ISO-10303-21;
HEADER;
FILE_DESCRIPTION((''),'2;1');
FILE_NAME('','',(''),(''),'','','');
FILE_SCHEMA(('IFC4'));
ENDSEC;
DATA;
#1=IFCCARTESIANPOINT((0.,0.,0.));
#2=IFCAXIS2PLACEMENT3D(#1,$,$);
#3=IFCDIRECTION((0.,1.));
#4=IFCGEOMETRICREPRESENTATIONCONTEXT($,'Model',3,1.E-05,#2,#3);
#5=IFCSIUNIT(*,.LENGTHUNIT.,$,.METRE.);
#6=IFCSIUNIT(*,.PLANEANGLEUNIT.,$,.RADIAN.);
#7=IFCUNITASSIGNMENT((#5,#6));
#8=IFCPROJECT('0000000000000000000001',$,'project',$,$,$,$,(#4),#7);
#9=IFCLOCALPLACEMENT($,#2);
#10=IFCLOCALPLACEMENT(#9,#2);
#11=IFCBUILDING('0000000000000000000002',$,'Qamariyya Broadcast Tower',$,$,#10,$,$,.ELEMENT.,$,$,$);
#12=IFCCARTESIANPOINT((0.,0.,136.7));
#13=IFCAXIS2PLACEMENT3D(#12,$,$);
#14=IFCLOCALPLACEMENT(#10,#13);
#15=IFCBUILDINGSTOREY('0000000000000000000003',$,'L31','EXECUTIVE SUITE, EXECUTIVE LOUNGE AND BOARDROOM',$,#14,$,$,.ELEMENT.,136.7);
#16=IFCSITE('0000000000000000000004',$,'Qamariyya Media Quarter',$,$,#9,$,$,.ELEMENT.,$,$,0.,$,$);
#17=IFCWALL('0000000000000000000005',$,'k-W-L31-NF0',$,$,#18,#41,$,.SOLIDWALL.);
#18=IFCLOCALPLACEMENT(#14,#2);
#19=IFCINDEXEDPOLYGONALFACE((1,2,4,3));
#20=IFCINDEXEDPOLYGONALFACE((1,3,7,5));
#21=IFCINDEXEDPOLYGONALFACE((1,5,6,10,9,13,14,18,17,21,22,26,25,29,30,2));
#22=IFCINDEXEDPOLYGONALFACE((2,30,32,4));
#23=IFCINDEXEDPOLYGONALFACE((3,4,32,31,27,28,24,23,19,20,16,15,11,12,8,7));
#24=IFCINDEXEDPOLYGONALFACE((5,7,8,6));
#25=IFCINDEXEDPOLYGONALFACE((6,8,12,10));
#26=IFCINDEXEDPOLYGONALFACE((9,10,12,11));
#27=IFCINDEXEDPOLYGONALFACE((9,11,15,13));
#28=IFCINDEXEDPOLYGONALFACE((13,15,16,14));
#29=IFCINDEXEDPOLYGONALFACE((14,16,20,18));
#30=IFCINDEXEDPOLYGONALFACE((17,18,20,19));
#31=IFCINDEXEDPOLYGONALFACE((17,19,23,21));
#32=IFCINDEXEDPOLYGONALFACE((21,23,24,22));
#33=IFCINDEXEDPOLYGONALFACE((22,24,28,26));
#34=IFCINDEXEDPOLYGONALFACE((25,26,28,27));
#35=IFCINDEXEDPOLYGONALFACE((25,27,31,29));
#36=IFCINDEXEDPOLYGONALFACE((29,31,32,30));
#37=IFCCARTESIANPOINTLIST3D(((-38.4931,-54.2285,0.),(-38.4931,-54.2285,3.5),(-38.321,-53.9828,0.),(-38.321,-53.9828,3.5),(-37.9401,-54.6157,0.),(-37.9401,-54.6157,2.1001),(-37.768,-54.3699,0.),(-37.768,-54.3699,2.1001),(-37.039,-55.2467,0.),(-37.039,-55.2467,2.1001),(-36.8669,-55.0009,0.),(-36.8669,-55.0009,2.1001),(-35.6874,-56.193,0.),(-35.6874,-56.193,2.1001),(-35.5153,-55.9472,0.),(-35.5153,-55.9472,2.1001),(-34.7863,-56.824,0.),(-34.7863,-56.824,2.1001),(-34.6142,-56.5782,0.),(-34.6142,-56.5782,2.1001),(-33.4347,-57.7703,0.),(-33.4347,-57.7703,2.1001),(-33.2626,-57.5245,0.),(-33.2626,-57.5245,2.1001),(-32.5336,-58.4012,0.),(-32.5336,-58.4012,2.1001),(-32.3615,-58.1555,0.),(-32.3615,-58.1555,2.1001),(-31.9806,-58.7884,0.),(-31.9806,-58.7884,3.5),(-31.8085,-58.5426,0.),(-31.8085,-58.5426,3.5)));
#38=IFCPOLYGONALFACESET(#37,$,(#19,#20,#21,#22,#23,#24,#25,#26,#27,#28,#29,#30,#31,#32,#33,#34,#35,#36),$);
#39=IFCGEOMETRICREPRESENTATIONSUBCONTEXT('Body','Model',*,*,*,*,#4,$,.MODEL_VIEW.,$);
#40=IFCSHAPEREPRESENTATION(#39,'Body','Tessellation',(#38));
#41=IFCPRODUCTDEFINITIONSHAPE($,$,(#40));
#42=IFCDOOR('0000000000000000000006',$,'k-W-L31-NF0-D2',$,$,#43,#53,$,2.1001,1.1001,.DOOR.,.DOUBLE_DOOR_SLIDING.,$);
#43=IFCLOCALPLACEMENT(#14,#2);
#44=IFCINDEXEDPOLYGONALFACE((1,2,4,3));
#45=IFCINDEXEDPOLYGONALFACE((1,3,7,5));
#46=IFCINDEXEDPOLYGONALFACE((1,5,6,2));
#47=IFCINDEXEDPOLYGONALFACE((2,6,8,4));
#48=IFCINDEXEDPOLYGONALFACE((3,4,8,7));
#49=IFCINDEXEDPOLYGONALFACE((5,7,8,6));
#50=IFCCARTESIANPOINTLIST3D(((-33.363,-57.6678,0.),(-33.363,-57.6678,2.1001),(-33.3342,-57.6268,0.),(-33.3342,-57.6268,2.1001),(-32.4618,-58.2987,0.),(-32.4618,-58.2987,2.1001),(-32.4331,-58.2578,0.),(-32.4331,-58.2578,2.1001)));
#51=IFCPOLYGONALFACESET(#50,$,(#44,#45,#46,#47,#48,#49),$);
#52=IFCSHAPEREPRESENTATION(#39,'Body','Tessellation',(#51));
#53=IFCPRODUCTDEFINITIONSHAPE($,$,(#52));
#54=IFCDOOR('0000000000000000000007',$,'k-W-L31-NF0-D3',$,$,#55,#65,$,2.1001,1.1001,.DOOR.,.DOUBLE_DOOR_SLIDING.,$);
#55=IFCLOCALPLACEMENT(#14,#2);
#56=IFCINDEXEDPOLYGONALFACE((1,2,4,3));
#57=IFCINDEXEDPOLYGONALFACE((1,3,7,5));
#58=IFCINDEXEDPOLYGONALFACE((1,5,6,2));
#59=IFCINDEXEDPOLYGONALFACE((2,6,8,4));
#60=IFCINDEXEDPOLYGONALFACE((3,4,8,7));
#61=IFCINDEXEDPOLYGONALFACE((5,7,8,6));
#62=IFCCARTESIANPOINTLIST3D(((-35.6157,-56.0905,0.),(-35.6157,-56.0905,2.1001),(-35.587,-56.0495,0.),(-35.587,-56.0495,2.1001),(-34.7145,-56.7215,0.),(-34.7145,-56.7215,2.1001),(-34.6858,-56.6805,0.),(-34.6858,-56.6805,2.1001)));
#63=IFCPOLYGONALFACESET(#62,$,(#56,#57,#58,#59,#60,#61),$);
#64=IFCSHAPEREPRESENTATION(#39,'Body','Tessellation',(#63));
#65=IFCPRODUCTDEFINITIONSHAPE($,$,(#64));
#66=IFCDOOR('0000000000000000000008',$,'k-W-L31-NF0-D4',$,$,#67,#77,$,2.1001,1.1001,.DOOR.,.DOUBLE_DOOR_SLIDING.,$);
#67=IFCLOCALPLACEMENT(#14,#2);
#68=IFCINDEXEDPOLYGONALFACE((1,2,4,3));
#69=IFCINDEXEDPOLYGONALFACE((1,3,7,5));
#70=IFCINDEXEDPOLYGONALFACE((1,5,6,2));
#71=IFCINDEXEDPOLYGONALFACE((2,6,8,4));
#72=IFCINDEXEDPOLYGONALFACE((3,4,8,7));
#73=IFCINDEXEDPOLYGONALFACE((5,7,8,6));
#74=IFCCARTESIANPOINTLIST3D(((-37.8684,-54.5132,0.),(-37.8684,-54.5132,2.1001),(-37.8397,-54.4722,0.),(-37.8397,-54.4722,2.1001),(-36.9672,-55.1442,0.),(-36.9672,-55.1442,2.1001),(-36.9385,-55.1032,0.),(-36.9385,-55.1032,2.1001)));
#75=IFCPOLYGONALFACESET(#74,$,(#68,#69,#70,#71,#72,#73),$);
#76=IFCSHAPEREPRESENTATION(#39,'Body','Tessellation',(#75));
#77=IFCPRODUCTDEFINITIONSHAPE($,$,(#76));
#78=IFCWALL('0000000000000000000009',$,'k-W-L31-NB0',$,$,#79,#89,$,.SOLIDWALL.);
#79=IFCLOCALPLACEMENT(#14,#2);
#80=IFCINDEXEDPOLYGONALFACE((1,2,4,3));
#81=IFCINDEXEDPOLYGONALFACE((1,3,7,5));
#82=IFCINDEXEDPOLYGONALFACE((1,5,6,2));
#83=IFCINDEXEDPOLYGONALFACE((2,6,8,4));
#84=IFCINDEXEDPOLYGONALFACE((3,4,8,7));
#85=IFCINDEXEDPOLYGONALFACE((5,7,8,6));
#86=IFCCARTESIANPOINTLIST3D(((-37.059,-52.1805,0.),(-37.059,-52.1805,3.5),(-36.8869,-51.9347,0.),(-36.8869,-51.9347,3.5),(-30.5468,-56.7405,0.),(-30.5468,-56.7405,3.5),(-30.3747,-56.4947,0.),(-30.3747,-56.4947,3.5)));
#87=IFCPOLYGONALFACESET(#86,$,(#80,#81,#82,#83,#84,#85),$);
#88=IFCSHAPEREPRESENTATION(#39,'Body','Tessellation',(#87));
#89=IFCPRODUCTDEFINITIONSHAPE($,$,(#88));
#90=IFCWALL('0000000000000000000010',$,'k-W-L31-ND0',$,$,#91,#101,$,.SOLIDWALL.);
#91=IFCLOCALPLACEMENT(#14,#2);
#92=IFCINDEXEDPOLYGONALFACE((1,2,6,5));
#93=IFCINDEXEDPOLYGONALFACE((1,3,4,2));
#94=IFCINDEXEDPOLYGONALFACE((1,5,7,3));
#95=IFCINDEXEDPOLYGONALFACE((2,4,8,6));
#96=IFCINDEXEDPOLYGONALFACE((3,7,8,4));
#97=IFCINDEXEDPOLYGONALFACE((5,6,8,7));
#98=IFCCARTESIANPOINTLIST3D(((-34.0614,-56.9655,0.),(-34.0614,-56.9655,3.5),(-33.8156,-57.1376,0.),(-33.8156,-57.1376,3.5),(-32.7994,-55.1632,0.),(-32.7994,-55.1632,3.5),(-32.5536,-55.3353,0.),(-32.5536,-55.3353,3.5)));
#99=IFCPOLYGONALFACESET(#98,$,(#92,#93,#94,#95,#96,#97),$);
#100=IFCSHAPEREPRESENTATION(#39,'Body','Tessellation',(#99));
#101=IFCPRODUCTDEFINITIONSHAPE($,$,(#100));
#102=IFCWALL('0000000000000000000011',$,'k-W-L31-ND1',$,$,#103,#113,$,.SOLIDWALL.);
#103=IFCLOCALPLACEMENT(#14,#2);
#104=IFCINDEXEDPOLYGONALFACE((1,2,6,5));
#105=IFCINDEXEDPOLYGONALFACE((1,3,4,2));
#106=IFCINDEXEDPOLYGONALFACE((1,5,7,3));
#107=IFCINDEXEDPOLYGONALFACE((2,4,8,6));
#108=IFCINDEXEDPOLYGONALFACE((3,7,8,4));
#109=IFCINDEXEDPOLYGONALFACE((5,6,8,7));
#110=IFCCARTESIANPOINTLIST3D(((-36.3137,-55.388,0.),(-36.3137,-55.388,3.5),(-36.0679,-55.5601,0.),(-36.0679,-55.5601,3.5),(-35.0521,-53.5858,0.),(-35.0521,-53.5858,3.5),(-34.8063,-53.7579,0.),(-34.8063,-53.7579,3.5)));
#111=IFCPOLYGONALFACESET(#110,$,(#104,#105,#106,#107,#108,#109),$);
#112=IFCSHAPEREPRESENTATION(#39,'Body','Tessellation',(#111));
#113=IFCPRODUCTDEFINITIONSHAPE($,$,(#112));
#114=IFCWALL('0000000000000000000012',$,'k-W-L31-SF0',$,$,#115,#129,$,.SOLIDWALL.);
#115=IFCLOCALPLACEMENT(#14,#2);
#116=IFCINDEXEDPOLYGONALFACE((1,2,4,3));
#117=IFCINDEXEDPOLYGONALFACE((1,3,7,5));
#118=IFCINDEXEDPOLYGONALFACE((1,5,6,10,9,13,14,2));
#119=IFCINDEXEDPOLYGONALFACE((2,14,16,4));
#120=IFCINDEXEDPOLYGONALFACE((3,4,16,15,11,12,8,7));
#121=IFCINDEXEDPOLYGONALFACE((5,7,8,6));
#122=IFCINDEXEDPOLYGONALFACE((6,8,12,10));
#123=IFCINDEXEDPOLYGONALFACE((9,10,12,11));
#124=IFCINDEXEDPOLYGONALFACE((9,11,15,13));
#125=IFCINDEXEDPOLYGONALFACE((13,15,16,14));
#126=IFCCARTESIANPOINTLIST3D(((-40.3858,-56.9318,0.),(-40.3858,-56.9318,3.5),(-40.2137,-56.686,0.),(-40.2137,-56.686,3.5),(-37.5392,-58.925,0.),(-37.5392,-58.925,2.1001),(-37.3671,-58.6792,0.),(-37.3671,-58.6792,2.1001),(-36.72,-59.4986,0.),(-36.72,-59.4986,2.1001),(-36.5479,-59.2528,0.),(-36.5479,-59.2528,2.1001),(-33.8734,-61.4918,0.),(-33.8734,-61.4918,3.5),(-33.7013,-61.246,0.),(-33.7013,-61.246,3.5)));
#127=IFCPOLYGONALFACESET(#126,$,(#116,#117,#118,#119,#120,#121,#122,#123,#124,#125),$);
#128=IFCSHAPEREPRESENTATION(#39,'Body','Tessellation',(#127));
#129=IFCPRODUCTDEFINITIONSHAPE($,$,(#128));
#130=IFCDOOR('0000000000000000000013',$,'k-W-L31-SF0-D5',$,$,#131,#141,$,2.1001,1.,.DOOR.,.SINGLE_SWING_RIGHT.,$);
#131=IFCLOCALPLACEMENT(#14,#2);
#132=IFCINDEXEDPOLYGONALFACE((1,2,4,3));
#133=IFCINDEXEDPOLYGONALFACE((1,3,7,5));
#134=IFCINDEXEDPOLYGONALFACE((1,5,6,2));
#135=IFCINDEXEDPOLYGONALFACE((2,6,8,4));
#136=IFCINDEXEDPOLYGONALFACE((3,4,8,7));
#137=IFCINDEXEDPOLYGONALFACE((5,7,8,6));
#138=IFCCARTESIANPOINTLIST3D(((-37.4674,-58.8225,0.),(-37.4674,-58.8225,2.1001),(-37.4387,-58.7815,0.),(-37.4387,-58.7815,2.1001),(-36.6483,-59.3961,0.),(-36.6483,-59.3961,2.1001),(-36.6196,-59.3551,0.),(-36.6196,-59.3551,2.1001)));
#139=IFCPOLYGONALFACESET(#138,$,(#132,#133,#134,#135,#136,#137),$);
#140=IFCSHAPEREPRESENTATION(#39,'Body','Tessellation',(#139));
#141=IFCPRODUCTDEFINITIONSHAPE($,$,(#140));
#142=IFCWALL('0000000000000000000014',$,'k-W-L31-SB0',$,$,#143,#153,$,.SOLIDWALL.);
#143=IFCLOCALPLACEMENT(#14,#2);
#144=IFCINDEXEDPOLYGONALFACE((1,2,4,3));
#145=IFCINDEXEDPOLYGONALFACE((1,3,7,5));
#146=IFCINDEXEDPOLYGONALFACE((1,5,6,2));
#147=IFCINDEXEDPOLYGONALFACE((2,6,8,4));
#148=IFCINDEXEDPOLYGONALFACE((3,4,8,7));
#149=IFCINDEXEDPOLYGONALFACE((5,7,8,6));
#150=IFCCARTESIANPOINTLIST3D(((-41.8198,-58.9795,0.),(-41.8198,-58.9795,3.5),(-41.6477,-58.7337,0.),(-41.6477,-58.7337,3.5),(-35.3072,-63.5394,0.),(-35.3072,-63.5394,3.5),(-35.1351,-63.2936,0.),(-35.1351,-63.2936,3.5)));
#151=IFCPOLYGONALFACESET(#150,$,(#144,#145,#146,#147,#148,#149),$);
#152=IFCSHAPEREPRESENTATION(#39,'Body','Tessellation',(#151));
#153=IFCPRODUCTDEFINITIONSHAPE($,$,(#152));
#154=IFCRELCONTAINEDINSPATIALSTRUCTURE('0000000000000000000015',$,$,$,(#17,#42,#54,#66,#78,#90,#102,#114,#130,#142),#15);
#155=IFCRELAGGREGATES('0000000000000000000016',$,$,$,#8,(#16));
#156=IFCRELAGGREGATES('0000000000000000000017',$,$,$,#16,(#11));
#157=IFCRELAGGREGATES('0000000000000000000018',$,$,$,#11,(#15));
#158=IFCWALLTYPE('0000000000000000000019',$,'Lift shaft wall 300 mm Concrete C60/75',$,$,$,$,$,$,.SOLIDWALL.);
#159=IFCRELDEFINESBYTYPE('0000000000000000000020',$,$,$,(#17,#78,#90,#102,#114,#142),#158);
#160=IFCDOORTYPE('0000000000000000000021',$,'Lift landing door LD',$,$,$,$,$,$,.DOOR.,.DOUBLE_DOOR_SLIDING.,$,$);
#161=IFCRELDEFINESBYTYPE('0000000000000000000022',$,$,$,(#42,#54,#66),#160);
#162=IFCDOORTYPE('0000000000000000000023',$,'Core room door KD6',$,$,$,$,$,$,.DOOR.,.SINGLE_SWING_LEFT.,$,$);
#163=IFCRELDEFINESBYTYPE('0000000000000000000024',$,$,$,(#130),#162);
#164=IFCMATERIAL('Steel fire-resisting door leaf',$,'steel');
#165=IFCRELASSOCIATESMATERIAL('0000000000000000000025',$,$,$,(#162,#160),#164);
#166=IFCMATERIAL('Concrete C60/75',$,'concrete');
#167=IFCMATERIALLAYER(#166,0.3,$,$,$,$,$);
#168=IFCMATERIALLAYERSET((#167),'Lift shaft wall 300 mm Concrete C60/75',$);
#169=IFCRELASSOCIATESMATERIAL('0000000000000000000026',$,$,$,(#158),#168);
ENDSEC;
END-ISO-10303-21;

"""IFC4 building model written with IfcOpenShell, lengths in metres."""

from ifc_helpers import new_model, si_unit, direction, frame, frame_2d, origin, place, context, subcontext, project, spatial, rectangle, extrude, material, layer, layer_set, type_object, element, fill, save


model = new_model("IFC4")

# Units and contexts
model_context = context("Model", 3, precision=1e-05, world=origin(), true_north=direction((0.0, 1.0)))
body_context = subcontext(model_context, "Body", "Model", "MODEL_VIEW")
ifc_project = project(units=[si_unit("LENGTHUNIT", "METRE"), si_unit("PLANEANGLEUNIT", "RADIAN")], contexts=[model_context])

# Site, building, storey
site_placement = place(None, origin())
site = spatial("IfcSite", under=ifc_project, at=site_placement, Name="Qamariyya Media Quarter", CompositionType="ELEMENT", RefElevation=0.0)
building_placement = place(site_placement, origin())
building = spatial("IfcBuilding", under=site, at=building_placement, Name="Qamariyya Broadcast Tower", CompositionType="ELEMENT")
storey_placement = place(building_placement, frame((0.0, 0.0, 136.7)))
storey = spatial("IfcBuildingStorey", under=building, at=storey_placement, Name="L31", Description="EXECUTIVE SUITE, EXECUTIVE LOUNGE AND BOARDROOM", CompositionType="ELEMENT", Elevation=136.7)

# Shared definitions
ifc_material_1 = material(Name="Steel fire-resisting door leaf", Category="steel")

# Wall, openings, doors
door_type_1 = type_object("IfcDoorType", Name="Core room door KD6", OperationType="SINGLE_SWING_LEFT", PredefinedType="DOOR", material=ifc_material_1)
ifc_material_2 = material(Name="Concrete C60/75", Category="concrete")
ifc_layer_1 = layer(ifc_material_2, 0.3)
ifc_layer_set_1 = layer_set([ifc_layer_1], Name="Lift shaft wall 300 mm Concrete C60/75")
wall_type_1 = type_object("IfcWallType", Name="Lift shaft wall 300 mm Concrete C60/75", PredefinedType="SOLIDWALL", material=ifc_layer_set_1)
wall_1_placement = place(storey_placement, frame((-31.8945, -58.6655, 0.0), z_axis=(0.0, 0.0, 1.0), x_axis=(-0.819167, 0.573555, 0.0)))
wall_1 = element("IfcWall", 1, at=wall_1_placement, inside=storey, type_object=wall_type_1, Name="k-W-L31-NF0", PredefinedType="SOLIDWALL", context=body_context, shape_type="SweptSolid", body=[
    extrude(rectangle(XDim=7.9502, YDim=0.3, at=frame_2d((3.9751, 0.0))), origin(), (0.0, 0.0, 1.0), 3.5),
])
opening_1_placement = place(wall_1_placement, frame((0.675, 0.0, 0.0)))
opening_1 = element("IfcOpeningElement", 2, at=opening_1_placement, cuts=wall_1, PredefinedType="OPENING", context=body_context, shape_type="SweptSolid", body=[
    extrude(rectangle(XDim=1.1001, YDim=2.1001, at=frame_2d((0.55, 1.05))), frame((0.0, 0.1599, 0.0), z_axis=(0.0, -1.0, 0.0), x_axis=(1.0, 0.0, 0.0)), (0.0, 0.0, 1.0), 0.3201),
])
opening_2_placement = place(wall_1_placement, frame((3.425, 0.0, 0.0)))
opening_2 = element("IfcOpeningElement", 3, at=opening_2_placement, cuts=wall_1, PredefinedType="OPENING", context=body_context, shape_type="SweptSolid", body=[
    extrude(rectangle(XDim=1.1001, YDim=2.1001, at=frame_2d((0.55, 1.05))), frame((0.0, 0.1599, 0.0), z_axis=(0.0, -1.0, 0.0), x_axis=(1.0, 0.0, 0.0)), (0.0, 0.0, 1.0), 0.3201),
])
opening_3_placement = place(wall_1_placement, frame((6.175, 0.0, 0.0)))
opening_3 = element("IfcOpeningElement", 4, at=opening_3_placement, cuts=wall_1, PredefinedType="OPENING", context=body_context, shape_type="SweptSolid", body=[
    extrude(rectangle(XDim=1.1001, YDim=2.1001, at=frame_2d((0.55, 1.05))), frame((0.0, 0.1599, 0.0), z_axis=(0.0, -1.0, 0.0), x_axis=(1.0, 0.0, 0.0)), (0.0, 0.0, 1.0), 0.3201),
])
door_type_2 = type_object("IfcDoorType", Name="Lift landing door LD", OperationType="DOUBLE_DOOR_SLIDING", PredefinedType="DOOR", material=ifc_material_1)
door_1_placement = place(opening_1_placement, origin())
door_1 = element("IfcDoor", 5, at=door_1_placement, inside=storey, type_object=door_type_2, Name="k-W-L31-NF0-D2", OperationType="DOUBLE_DOOR_SLIDING", OverallHeight=2.1001, OverallWidth=1.1001, PredefinedType="DOOR", context=body_context, shape_type="SweptSolid", body=[
    extrude(rectangle(XDim=1.1001, YDim=2.1001, at=frame_2d((0.55, 1.05))), frame((0.0, 0.0249, 0.0), z_axis=(0.0, -1.0, 0.0), x_axis=(1.0, 0.0, 0.0)), (0.0, 0.0, 1.0), 0.05),
])
fill(opening_1, door_1)
door_2_placement = place(opening_2_placement, origin())
door_2 = element("IfcDoor", 6, at=door_2_placement, inside=storey, type_object=door_type_2, Name="k-W-L31-NF0-D3", OperationType="DOUBLE_DOOR_SLIDING", OverallHeight=2.1001, OverallWidth=1.1001, PredefinedType="DOOR", context=body_context, shape_type="SweptSolid", body=[
    extrude(rectangle(XDim=1.1001, YDim=2.1001, at=frame_2d((0.55, 1.05))), frame((0.0, 0.0249, 0.0), z_axis=(0.0, -1.0, 0.0), x_axis=(1.0, 0.0, 0.0)), (0.0, 0.0, 1.0), 0.05),
])
fill(opening_2, door_2)
door_3_placement = place(opening_3_placement, origin())
door_3 = element("IfcDoor", 7, at=door_3_placement, inside=storey, type_object=door_type_2, Name="k-W-L31-NF0-D4", OperationType="DOUBLE_DOOR_SLIDING", OverallHeight=2.1001, OverallWidth=1.1001, PredefinedType="DOOR", context=body_context, shape_type="SweptSolid", body=[
    extrude(rectangle(XDim=1.1001, YDim=2.1001, at=frame_2d((0.55, 1.05))), frame((0.0, 0.0249, 0.0), z_axis=(0.0, -1.0, 0.0), x_axis=(1.0, 0.0, 0.0)), (0.0, 0.0, 1.0), 0.05),
])
fill(opening_3, door_3)

# Walls
wall_2_placement = place(storey_placement, frame((-30.4607, -56.6177, 0.0), z_axis=(0.0, 0.0, 1.0), x_axis=(-0.819142, 0.57359, 0.0)))
element("IfcWall", 8, at=wall_2_placement, inside=storey, type_object=wall_type_1, Name="k-W-L31-NB0", PredefinedType="SOLIDWALL", context=body_context, shape_type="SweptSolid", body=[
    extrude(rectangle(XDim=7.95, YDim=0.3, at=frame_2d((3.9751, 0.0))), origin(), (0.0, 0.0, 1.0), 3.5),
])
wall_3_placement = place(storey_placement, frame((-33.9385, -57.0515, 0.0), z_axis=(0.0, 0.0, 1.0), x_axis=(0.573581, 0.819149, 0.0)))
element("IfcWall", 9, at=wall_3_placement, inside=storey, type_object=wall_type_1, Name="k-W-L31-ND0", PredefinedType="SOLIDWALL", context=body_context, shape_type="SweptSolid", body=[
    extrude(rectangle(XDim=2.2002, YDim=0.3, at=frame_2d((1.1001, 0.0))), origin(), (0.0, 0.0, 1.0), 3.5),
])
wall_4_placement = place(storey_placement, frame((-36.1909, -55.4741, 0.0), z_axis=(0.0, 0.0, 1.0), x_axis=(0.573507, 0.819201, 0.0)))
element("IfcWall", 10, at=wall_4_placement, inside=storey, type_object=wall_type_1, Name="k-W-L31-ND1", PredefinedType="SOLIDWALL", context=body_context, shape_type="SweptSolid", body=[
    extrude(rectangle(XDim=2.2, YDim=0.3, at=frame_2d((1.1001, 0.0))), origin(), (0.0, 0.0, 1.0), 3.5),
])

# Wall, opening, door
wall_5_placement = place(storey_placement, frame((-33.7874, -61.3689, 0.0), z_axis=(0.0, 0.0, 1.0), x_axis=(-0.819153, 0.573576, 0.0)))
wall_5 = element("IfcWall", 11, at=wall_5_placement, inside=storey, type_object=wall_type_1, Name="k-W-L31-SF0", PredefinedType="SOLIDWALL", context=body_context, shape_type="SweptSolid", body=[
    extrude(rectangle(XDim=7.9502, YDim=0.3, at=frame_2d((3.9751, 0.0))), origin(), (0.0, 0.0, 1.0), 3.5),
])
opening_4_placement = place(wall_5_placement, frame((3.4751, 0.0, 0.0)))
opening_4 = element("IfcOpeningElement", 12, at=opening_4_placement, cuts=wall_5, PredefinedType="OPENING", context=body_context, shape_type="SweptSolid", body=[
    extrude(rectangle(XDim=1.0, YDim=2.1001, at=frame_2d((0.5, 1.05))), frame((0.0, 0.1599, 0.0), z_axis=(0.0, -1.0, 0.0), x_axis=(1.0, 0.0, 0.0)), (0.0, 0.0, 1.0), 0.3201),
])
door_4_placement = place(opening_4_placement, origin())
door_4 = element("IfcDoor", 13, at=door_4_placement, inside=storey, type_object=door_type_1, Name="k-W-L31-SF0-D5", OperationType="SINGLE_SWING_RIGHT", OverallHeight=2.1001, OverallWidth=1.0, PredefinedType="DOOR", context=body_context, shape_type="SweptSolid", body=[
    extrude(rectangle(XDim=1.0, YDim=2.1001, at=frame_2d((0.5, 1.05))), frame((0.0, 0.0249, 0.0), z_axis=(0.0, -1.0, 0.0), x_axis=(1.0, 0.0, 0.0)), (0.0, 0.0, 1.0), 0.05),
])
fill(opening_4, door_4)

# Wall
wall_6_placement = place(storey_placement, frame((-35.2212, -63.4165, 0.0), z_axis=(0.0, 0.0, 1.0), x_axis=(-0.819167, 0.573555, 0.0)))
element("IfcWall", 14, at=wall_6_placement, inside=storey, type_object=wall_type_1, Name="k-W-L31-SB0", PredefinedType="SOLIDWALL", context=body_context, shape_type="SweptSolid", body=[
    extrude(rectangle(XDim=7.9502, YDim=0.3, at=frame_2d((3.9751, 0.0))), origin(), (0.0, 0.0, 1.0), 3.5),
])

save(model, "model.ifc")
